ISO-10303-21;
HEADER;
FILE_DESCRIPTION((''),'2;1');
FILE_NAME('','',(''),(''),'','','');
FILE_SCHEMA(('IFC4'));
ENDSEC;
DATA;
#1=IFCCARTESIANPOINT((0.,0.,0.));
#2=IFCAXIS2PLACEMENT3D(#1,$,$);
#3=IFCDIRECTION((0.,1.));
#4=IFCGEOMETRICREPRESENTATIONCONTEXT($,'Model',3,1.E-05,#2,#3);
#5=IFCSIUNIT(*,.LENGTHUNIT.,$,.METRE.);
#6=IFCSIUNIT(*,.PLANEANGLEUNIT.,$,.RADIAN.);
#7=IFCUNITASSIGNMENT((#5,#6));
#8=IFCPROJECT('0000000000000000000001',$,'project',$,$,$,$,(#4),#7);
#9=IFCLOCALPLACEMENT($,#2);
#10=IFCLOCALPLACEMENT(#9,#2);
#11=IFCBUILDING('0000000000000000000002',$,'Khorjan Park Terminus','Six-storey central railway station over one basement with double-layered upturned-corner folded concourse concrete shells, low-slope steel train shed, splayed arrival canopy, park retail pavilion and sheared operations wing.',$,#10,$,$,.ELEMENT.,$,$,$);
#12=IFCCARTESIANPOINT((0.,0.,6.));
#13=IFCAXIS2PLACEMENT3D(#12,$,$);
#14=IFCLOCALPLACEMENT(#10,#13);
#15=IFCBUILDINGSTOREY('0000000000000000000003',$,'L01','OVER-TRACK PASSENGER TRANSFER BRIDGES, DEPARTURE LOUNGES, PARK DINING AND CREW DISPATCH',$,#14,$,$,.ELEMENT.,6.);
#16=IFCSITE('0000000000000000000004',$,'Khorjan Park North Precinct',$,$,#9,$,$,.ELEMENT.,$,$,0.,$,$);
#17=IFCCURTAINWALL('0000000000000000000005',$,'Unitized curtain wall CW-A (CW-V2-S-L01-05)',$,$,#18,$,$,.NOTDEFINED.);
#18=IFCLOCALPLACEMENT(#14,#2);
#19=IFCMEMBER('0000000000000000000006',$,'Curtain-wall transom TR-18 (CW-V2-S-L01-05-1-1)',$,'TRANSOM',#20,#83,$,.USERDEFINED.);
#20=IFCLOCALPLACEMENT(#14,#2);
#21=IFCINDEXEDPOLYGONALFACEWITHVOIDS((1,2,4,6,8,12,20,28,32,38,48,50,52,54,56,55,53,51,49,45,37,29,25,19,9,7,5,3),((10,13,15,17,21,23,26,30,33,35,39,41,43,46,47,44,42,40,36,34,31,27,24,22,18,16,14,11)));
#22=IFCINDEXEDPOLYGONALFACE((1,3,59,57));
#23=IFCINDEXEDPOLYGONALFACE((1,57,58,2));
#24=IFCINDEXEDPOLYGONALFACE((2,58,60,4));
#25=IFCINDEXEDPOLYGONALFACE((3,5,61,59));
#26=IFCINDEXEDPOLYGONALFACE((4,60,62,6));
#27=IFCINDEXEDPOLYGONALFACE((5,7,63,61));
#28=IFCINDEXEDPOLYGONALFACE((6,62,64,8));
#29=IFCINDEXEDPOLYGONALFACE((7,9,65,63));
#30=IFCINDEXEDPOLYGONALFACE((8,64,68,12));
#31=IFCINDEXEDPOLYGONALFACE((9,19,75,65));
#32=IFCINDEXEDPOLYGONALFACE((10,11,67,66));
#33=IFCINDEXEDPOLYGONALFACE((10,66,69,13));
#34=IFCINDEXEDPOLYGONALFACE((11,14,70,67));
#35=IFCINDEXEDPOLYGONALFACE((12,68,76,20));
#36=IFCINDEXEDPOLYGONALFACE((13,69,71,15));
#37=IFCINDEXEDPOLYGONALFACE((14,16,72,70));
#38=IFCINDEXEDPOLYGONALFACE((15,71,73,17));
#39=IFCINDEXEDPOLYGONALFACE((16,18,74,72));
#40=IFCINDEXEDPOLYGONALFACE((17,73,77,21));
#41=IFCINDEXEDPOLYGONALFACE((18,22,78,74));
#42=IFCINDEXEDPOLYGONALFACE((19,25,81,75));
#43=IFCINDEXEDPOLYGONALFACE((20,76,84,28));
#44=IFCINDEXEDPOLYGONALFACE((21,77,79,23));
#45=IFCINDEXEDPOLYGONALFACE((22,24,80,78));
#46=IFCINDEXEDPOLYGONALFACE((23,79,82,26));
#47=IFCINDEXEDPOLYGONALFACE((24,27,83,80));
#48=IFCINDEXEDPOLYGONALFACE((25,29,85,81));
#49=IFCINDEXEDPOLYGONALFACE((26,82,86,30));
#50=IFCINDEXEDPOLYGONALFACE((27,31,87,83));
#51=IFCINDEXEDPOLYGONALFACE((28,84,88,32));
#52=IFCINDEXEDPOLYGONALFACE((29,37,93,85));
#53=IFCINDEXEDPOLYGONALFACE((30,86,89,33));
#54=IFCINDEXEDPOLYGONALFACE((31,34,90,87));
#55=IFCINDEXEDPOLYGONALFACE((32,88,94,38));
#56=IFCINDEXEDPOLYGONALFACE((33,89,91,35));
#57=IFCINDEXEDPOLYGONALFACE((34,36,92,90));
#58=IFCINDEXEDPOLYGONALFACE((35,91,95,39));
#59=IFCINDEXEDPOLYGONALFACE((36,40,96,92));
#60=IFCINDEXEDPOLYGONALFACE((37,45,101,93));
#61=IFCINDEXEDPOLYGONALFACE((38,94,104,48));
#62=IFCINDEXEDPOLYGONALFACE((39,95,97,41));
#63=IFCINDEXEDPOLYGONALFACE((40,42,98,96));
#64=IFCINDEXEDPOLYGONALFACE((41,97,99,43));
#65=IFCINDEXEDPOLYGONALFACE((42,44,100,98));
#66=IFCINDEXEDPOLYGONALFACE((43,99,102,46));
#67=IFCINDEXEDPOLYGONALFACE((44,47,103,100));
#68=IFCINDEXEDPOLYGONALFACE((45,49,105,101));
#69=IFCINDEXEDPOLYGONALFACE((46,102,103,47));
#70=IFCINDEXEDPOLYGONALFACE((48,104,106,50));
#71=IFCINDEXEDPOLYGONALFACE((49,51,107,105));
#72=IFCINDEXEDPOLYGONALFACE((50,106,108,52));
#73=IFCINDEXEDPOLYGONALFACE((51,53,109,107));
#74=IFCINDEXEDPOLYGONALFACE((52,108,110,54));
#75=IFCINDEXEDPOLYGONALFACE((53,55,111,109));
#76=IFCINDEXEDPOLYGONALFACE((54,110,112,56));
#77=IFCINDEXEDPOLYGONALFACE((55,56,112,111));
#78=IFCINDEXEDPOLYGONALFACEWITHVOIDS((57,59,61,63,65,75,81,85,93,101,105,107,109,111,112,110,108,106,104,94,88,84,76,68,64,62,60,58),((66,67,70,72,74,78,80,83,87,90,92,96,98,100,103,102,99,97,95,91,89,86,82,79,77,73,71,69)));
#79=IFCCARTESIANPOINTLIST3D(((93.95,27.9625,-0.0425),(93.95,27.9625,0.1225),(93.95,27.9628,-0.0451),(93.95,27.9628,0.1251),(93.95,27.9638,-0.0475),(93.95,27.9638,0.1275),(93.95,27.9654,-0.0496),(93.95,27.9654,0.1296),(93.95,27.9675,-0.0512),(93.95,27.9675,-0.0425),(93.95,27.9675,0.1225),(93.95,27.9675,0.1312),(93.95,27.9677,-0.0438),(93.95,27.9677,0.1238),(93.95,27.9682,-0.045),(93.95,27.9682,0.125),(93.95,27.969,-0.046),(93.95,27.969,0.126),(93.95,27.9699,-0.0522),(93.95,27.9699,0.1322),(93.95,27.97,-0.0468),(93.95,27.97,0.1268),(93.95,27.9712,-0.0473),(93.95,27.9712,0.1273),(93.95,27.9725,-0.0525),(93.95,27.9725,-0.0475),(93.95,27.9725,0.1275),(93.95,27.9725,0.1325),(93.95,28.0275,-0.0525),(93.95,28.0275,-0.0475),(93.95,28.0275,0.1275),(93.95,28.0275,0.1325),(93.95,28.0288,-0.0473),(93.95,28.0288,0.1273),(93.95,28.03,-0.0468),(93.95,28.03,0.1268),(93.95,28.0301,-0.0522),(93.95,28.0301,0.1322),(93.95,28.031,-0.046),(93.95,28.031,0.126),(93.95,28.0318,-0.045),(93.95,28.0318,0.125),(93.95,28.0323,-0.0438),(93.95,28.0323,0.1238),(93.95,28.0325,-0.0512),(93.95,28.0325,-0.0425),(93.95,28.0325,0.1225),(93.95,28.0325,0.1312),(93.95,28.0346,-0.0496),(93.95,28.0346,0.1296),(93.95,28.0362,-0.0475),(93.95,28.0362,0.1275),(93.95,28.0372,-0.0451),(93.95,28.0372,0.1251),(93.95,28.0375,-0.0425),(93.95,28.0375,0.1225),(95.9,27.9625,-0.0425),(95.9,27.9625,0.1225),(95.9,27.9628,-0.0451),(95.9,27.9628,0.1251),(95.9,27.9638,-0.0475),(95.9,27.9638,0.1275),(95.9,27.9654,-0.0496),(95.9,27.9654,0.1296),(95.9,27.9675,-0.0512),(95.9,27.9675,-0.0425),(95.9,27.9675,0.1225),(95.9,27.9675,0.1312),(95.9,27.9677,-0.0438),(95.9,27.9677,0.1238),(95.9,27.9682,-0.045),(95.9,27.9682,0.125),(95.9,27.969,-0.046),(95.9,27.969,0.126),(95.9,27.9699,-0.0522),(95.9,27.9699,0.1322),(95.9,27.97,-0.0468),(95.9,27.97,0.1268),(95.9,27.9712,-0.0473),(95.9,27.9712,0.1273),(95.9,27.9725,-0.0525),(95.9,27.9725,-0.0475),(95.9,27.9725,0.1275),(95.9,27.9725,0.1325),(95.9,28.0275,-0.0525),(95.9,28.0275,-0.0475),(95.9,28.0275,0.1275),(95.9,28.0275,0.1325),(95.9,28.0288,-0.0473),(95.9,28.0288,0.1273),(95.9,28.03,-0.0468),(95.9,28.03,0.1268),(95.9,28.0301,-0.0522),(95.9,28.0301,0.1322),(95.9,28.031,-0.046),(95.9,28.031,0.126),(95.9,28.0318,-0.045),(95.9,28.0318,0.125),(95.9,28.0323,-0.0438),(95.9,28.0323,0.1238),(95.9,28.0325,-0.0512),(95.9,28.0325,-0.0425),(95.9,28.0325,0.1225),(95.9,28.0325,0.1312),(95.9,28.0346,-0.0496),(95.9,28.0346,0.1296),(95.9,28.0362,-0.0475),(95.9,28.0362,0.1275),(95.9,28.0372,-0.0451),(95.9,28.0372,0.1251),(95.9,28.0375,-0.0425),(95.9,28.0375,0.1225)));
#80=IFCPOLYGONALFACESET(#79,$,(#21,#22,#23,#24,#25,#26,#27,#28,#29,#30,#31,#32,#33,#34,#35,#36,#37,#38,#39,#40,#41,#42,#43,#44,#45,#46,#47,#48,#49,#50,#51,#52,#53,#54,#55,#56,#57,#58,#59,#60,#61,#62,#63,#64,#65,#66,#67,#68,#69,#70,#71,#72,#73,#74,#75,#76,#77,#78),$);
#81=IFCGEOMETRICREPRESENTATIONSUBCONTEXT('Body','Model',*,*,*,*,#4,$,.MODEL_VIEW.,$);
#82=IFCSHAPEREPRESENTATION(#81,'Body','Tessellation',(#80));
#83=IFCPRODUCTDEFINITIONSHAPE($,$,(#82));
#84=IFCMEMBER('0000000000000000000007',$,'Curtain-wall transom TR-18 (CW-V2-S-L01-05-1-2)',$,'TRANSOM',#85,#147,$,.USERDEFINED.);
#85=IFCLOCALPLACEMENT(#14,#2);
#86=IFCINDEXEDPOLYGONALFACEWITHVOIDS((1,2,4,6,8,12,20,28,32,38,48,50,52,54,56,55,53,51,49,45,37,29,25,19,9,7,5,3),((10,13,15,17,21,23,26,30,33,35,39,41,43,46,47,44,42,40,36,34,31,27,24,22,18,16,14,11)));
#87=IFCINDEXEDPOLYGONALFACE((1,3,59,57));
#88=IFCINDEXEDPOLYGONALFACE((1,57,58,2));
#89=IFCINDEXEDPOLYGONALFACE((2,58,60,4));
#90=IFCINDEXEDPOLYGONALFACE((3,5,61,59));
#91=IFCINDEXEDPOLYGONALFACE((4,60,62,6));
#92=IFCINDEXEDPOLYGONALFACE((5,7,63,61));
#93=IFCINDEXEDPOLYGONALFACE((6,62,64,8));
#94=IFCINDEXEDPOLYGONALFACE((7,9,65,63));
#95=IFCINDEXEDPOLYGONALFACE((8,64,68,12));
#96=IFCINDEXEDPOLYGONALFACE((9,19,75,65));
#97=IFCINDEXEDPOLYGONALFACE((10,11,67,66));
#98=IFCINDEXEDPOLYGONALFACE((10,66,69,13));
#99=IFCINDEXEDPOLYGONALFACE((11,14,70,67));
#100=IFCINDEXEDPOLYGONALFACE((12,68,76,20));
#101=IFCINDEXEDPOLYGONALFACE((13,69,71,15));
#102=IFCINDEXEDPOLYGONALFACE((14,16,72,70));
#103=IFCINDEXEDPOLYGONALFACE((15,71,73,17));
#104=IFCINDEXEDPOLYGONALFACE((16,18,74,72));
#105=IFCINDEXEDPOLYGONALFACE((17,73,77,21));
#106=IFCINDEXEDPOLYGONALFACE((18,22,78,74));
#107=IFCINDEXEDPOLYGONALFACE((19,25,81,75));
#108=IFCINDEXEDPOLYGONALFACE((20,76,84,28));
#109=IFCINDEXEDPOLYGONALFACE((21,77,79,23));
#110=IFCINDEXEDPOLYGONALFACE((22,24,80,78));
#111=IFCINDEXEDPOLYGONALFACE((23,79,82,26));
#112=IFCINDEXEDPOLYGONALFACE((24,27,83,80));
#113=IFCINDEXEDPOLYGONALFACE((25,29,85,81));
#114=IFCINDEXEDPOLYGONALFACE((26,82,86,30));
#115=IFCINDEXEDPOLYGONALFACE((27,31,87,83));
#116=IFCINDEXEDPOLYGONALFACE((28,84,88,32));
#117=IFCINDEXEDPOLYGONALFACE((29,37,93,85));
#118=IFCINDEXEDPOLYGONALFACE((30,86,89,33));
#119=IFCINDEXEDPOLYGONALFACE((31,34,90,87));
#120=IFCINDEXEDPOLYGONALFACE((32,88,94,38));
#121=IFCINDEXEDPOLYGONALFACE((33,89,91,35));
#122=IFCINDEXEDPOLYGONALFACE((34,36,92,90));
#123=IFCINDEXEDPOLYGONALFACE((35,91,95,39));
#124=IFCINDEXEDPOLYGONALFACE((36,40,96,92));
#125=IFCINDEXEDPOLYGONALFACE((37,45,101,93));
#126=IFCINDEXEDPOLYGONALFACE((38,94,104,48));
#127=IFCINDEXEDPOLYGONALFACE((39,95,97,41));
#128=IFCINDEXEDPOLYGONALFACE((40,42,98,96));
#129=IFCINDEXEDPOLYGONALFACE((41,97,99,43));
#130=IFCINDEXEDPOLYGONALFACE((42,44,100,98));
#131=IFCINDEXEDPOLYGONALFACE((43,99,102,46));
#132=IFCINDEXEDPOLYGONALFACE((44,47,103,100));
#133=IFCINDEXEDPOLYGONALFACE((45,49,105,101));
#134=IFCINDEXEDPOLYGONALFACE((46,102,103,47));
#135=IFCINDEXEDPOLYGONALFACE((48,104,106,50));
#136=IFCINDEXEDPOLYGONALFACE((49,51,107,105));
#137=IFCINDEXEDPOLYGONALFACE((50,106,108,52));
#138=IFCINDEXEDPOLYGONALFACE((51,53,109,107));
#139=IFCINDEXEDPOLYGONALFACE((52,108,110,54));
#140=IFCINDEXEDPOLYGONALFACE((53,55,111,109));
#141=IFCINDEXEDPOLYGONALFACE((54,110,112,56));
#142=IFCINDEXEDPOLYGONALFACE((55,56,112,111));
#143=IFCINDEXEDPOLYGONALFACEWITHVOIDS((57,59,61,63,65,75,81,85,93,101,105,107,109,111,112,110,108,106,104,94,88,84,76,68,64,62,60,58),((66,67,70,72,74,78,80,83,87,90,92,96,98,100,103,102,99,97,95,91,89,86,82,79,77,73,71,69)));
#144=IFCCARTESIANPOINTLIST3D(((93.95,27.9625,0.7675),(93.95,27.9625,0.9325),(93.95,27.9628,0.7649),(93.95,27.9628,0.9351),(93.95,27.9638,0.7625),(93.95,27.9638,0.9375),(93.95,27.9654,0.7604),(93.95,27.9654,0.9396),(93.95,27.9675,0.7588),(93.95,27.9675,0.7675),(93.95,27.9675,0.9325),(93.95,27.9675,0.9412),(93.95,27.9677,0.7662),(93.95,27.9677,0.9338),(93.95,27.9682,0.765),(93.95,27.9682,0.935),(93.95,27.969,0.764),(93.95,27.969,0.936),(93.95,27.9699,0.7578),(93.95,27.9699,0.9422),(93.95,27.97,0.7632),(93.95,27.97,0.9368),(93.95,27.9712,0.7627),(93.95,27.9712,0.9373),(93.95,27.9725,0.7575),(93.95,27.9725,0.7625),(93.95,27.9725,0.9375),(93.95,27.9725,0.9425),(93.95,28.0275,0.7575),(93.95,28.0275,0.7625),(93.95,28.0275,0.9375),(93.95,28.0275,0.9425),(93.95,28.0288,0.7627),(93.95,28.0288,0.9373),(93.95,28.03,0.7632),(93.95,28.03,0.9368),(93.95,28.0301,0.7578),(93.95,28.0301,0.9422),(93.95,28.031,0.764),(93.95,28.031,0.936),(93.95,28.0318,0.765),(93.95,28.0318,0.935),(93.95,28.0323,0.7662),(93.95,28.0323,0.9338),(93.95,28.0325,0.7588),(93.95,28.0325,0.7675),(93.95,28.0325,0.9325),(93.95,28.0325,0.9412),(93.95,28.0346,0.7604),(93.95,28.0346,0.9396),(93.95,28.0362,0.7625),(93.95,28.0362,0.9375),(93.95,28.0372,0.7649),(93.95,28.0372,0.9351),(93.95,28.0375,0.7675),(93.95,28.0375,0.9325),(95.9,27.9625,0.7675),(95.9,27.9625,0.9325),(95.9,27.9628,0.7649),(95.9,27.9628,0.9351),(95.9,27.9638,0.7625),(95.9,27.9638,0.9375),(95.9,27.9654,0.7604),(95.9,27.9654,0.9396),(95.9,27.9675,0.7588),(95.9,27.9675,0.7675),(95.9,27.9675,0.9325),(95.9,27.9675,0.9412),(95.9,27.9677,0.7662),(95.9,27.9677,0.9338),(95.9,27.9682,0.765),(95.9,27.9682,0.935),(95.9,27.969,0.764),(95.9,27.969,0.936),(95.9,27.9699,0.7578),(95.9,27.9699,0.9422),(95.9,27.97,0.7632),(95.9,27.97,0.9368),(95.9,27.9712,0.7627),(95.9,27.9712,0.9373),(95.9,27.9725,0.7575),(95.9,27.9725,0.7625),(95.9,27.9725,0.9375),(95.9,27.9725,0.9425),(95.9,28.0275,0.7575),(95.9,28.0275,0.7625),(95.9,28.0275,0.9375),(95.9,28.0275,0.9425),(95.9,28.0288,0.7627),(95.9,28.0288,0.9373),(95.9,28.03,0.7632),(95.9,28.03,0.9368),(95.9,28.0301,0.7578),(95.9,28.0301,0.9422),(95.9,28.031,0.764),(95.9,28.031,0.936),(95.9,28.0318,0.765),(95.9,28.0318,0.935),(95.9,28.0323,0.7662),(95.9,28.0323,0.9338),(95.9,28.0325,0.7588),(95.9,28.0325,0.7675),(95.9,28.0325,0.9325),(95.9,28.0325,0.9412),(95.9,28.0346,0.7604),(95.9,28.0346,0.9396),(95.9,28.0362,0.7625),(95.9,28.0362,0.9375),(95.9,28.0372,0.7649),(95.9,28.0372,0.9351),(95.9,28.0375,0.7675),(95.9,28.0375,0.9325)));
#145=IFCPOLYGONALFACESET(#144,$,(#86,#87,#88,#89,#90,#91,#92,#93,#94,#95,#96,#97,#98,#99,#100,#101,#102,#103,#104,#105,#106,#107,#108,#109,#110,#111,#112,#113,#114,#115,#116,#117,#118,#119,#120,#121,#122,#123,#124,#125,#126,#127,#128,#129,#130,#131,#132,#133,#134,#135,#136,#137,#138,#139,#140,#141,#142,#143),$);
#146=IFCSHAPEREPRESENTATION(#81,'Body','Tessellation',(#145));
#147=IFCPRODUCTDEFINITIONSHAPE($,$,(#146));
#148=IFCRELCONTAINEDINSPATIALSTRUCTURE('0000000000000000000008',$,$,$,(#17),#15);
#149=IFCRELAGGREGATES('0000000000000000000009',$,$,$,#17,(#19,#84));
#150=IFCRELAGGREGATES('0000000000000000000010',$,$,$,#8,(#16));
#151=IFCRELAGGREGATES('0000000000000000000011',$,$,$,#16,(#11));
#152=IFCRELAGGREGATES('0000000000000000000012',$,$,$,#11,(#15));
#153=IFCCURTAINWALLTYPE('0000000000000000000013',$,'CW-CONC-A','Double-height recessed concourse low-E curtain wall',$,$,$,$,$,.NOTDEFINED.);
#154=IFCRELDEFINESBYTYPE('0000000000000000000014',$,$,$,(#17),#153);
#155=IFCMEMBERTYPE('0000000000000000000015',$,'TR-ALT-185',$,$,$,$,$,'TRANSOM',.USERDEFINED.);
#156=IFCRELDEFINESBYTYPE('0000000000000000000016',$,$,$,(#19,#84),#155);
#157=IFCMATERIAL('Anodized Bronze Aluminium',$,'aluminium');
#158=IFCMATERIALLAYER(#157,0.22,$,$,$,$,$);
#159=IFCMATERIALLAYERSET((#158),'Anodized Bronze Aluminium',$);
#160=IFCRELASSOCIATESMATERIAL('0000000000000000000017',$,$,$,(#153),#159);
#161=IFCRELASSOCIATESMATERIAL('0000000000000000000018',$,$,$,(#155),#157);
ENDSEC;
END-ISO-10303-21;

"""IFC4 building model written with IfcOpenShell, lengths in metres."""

from ifc_helpers import new_model, si_unit, direction, frame, origin, origin_2d, place, context, subcontext, project, spatial, hollow_rectangle, extrude, material, layer, layer_set, material_profile, profile_set, type_object, element, aggregate, save


model = new_model("IFC4")

# Units and contexts
model_context = context("Model", 3, precision=1e-05, world=origin(), true_north=direction((0.0, 1.0)))
body_context = subcontext(model_context, "Body", "Model", "MODEL_VIEW")
ifc_project = project(units=[si_unit("LENGTHUNIT", "METRE"), si_unit("PLANEANGLEUNIT", "RADIAN")], contexts=[model_context])

# Site, building, storey
site_placement = place(None, origin())
site = spatial("IfcSite", under=ifc_project, at=site_placement, Name="Khorjan Park North Precinct", CompositionType="ELEMENT", RefElevation=0.0)
building_placement = place(site_placement, origin())
building = spatial("IfcBuilding", under=site, at=building_placement, Name="Khorjan Park Terminus", Description="Six-storey central railway station over one basement with double-layered upturned-corner folded concourse concrete shells, low-slope steel train shed, splayed arrival canopy, park retail pavilion and sheared operations wing.", CompositionType="ELEMENT")
storey_placement = place(building_placement, frame((0.0, 0.0, 6.0)))
storey = spatial("IfcBuildingStorey", under=building, at=storey_placement, Name="L01", Description="OVER-TRACK PASSENGER TRANSFER BRIDGES, DEPARTURE LOUNGES, PARK DINING AND CREW DISPATCH", CompositionType="ELEMENT", Elevation=6.0)

# Shared definitions
ifc_material_1 = material(Name="Anodized Bronze Aluminium", Category="aluminium")
ifc_layer_1 = layer(ifc_material_1, 0.22)
ifc_layer_set_1 = layer_set([ifc_layer_1], Name="Anodized Bronze Aluminium")
curtain_wall_type = type_object("IfcCurtainWallType", Name="CW-CONC-A", Description="Double-height recessed concourse low-E curtain wall", PredefinedType="NOTDEFINED", material=ifc_layer_set_1)

# Curtain wall
curtain_wall_1_placement = place(storey_placement, origin())
curtain_wall_1 = element("IfcCurtainWall", 1, at=curtain_wall_1_placement, inside=storey, type_object=curtain_wall_type, Name="Unitized curtain wall CW-A (CW-V2-S-L01-05)", PredefinedType="NOTDEFINED")

# Members
ifc_material_profile_1 = material_profile(ifc_material_1, hollow_rectangle(XDim=0.075, YDim=0.185, WallThickness=0.005, InnerFilletRadius=0.005, OuterFilletRadius=0.01, at=origin_2d()), Name="ALT 75x185x5")
ifc_profile_set_1 = profile_set([ifc_material_profile_1], Name="Anodized Bronze Aluminium")
member_type_1 = type_object("IfcMemberType", Name="TR-ALT-185", ElementType="TRANSOM", PredefinedType="USERDEFINED", material=ifc_profile_set_1)
member_1_placement = place(storey_placement, frame((93.95, 28.0, 0.04), z_axis=(1.0, 0.0, 0.0), x_axis=(0.0, 1.0, 0.0)))
member_1 = element("IfcMember", 2, at=member_1_placement, type_object=member_type_1, Name="Curtain-wall transom TR-18 (CW-V2-S-L01-05-1-1)", ObjectType="TRANSOM", PredefinedType="USERDEFINED", context=body_context, shape_type="SweptSolid", body=[
    extrude(hollow_rectangle(XDim=0.075, YDim=0.185, WallThickness=0.005, InnerFilletRadius=0.005, OuterFilletRadius=0.01, at=origin_2d()), origin(), (0.0, 0.0, 1.0), 1.95),
])
member_2_placement = place(storey_placement, frame((93.95, 28.0, 0.85), z_axis=(1.0, 0.0, 0.0), x_axis=(0.0, 1.0, 0.0)))
member_2 = element("IfcMember", 3, at=member_2_placement, type_object=member_type_1, Name="Curtain-wall transom TR-18 (CW-V2-S-L01-05-1-2)", ObjectType="TRANSOM", PredefinedType="USERDEFINED", context=body_context, shape_type="SweptSolid", body=[
    extrude(hollow_rectangle(XDim=0.075, YDim=0.185, WallThickness=0.005, InnerFilletRadius=0.005, OuterFilletRadius=0.01, at=origin_2d()), origin(), (0.0, 0.0, 1.0), 1.95),
])

aggregate(curtain_wall_1, [member_1, member_2])

save(model, "model.ifc")
